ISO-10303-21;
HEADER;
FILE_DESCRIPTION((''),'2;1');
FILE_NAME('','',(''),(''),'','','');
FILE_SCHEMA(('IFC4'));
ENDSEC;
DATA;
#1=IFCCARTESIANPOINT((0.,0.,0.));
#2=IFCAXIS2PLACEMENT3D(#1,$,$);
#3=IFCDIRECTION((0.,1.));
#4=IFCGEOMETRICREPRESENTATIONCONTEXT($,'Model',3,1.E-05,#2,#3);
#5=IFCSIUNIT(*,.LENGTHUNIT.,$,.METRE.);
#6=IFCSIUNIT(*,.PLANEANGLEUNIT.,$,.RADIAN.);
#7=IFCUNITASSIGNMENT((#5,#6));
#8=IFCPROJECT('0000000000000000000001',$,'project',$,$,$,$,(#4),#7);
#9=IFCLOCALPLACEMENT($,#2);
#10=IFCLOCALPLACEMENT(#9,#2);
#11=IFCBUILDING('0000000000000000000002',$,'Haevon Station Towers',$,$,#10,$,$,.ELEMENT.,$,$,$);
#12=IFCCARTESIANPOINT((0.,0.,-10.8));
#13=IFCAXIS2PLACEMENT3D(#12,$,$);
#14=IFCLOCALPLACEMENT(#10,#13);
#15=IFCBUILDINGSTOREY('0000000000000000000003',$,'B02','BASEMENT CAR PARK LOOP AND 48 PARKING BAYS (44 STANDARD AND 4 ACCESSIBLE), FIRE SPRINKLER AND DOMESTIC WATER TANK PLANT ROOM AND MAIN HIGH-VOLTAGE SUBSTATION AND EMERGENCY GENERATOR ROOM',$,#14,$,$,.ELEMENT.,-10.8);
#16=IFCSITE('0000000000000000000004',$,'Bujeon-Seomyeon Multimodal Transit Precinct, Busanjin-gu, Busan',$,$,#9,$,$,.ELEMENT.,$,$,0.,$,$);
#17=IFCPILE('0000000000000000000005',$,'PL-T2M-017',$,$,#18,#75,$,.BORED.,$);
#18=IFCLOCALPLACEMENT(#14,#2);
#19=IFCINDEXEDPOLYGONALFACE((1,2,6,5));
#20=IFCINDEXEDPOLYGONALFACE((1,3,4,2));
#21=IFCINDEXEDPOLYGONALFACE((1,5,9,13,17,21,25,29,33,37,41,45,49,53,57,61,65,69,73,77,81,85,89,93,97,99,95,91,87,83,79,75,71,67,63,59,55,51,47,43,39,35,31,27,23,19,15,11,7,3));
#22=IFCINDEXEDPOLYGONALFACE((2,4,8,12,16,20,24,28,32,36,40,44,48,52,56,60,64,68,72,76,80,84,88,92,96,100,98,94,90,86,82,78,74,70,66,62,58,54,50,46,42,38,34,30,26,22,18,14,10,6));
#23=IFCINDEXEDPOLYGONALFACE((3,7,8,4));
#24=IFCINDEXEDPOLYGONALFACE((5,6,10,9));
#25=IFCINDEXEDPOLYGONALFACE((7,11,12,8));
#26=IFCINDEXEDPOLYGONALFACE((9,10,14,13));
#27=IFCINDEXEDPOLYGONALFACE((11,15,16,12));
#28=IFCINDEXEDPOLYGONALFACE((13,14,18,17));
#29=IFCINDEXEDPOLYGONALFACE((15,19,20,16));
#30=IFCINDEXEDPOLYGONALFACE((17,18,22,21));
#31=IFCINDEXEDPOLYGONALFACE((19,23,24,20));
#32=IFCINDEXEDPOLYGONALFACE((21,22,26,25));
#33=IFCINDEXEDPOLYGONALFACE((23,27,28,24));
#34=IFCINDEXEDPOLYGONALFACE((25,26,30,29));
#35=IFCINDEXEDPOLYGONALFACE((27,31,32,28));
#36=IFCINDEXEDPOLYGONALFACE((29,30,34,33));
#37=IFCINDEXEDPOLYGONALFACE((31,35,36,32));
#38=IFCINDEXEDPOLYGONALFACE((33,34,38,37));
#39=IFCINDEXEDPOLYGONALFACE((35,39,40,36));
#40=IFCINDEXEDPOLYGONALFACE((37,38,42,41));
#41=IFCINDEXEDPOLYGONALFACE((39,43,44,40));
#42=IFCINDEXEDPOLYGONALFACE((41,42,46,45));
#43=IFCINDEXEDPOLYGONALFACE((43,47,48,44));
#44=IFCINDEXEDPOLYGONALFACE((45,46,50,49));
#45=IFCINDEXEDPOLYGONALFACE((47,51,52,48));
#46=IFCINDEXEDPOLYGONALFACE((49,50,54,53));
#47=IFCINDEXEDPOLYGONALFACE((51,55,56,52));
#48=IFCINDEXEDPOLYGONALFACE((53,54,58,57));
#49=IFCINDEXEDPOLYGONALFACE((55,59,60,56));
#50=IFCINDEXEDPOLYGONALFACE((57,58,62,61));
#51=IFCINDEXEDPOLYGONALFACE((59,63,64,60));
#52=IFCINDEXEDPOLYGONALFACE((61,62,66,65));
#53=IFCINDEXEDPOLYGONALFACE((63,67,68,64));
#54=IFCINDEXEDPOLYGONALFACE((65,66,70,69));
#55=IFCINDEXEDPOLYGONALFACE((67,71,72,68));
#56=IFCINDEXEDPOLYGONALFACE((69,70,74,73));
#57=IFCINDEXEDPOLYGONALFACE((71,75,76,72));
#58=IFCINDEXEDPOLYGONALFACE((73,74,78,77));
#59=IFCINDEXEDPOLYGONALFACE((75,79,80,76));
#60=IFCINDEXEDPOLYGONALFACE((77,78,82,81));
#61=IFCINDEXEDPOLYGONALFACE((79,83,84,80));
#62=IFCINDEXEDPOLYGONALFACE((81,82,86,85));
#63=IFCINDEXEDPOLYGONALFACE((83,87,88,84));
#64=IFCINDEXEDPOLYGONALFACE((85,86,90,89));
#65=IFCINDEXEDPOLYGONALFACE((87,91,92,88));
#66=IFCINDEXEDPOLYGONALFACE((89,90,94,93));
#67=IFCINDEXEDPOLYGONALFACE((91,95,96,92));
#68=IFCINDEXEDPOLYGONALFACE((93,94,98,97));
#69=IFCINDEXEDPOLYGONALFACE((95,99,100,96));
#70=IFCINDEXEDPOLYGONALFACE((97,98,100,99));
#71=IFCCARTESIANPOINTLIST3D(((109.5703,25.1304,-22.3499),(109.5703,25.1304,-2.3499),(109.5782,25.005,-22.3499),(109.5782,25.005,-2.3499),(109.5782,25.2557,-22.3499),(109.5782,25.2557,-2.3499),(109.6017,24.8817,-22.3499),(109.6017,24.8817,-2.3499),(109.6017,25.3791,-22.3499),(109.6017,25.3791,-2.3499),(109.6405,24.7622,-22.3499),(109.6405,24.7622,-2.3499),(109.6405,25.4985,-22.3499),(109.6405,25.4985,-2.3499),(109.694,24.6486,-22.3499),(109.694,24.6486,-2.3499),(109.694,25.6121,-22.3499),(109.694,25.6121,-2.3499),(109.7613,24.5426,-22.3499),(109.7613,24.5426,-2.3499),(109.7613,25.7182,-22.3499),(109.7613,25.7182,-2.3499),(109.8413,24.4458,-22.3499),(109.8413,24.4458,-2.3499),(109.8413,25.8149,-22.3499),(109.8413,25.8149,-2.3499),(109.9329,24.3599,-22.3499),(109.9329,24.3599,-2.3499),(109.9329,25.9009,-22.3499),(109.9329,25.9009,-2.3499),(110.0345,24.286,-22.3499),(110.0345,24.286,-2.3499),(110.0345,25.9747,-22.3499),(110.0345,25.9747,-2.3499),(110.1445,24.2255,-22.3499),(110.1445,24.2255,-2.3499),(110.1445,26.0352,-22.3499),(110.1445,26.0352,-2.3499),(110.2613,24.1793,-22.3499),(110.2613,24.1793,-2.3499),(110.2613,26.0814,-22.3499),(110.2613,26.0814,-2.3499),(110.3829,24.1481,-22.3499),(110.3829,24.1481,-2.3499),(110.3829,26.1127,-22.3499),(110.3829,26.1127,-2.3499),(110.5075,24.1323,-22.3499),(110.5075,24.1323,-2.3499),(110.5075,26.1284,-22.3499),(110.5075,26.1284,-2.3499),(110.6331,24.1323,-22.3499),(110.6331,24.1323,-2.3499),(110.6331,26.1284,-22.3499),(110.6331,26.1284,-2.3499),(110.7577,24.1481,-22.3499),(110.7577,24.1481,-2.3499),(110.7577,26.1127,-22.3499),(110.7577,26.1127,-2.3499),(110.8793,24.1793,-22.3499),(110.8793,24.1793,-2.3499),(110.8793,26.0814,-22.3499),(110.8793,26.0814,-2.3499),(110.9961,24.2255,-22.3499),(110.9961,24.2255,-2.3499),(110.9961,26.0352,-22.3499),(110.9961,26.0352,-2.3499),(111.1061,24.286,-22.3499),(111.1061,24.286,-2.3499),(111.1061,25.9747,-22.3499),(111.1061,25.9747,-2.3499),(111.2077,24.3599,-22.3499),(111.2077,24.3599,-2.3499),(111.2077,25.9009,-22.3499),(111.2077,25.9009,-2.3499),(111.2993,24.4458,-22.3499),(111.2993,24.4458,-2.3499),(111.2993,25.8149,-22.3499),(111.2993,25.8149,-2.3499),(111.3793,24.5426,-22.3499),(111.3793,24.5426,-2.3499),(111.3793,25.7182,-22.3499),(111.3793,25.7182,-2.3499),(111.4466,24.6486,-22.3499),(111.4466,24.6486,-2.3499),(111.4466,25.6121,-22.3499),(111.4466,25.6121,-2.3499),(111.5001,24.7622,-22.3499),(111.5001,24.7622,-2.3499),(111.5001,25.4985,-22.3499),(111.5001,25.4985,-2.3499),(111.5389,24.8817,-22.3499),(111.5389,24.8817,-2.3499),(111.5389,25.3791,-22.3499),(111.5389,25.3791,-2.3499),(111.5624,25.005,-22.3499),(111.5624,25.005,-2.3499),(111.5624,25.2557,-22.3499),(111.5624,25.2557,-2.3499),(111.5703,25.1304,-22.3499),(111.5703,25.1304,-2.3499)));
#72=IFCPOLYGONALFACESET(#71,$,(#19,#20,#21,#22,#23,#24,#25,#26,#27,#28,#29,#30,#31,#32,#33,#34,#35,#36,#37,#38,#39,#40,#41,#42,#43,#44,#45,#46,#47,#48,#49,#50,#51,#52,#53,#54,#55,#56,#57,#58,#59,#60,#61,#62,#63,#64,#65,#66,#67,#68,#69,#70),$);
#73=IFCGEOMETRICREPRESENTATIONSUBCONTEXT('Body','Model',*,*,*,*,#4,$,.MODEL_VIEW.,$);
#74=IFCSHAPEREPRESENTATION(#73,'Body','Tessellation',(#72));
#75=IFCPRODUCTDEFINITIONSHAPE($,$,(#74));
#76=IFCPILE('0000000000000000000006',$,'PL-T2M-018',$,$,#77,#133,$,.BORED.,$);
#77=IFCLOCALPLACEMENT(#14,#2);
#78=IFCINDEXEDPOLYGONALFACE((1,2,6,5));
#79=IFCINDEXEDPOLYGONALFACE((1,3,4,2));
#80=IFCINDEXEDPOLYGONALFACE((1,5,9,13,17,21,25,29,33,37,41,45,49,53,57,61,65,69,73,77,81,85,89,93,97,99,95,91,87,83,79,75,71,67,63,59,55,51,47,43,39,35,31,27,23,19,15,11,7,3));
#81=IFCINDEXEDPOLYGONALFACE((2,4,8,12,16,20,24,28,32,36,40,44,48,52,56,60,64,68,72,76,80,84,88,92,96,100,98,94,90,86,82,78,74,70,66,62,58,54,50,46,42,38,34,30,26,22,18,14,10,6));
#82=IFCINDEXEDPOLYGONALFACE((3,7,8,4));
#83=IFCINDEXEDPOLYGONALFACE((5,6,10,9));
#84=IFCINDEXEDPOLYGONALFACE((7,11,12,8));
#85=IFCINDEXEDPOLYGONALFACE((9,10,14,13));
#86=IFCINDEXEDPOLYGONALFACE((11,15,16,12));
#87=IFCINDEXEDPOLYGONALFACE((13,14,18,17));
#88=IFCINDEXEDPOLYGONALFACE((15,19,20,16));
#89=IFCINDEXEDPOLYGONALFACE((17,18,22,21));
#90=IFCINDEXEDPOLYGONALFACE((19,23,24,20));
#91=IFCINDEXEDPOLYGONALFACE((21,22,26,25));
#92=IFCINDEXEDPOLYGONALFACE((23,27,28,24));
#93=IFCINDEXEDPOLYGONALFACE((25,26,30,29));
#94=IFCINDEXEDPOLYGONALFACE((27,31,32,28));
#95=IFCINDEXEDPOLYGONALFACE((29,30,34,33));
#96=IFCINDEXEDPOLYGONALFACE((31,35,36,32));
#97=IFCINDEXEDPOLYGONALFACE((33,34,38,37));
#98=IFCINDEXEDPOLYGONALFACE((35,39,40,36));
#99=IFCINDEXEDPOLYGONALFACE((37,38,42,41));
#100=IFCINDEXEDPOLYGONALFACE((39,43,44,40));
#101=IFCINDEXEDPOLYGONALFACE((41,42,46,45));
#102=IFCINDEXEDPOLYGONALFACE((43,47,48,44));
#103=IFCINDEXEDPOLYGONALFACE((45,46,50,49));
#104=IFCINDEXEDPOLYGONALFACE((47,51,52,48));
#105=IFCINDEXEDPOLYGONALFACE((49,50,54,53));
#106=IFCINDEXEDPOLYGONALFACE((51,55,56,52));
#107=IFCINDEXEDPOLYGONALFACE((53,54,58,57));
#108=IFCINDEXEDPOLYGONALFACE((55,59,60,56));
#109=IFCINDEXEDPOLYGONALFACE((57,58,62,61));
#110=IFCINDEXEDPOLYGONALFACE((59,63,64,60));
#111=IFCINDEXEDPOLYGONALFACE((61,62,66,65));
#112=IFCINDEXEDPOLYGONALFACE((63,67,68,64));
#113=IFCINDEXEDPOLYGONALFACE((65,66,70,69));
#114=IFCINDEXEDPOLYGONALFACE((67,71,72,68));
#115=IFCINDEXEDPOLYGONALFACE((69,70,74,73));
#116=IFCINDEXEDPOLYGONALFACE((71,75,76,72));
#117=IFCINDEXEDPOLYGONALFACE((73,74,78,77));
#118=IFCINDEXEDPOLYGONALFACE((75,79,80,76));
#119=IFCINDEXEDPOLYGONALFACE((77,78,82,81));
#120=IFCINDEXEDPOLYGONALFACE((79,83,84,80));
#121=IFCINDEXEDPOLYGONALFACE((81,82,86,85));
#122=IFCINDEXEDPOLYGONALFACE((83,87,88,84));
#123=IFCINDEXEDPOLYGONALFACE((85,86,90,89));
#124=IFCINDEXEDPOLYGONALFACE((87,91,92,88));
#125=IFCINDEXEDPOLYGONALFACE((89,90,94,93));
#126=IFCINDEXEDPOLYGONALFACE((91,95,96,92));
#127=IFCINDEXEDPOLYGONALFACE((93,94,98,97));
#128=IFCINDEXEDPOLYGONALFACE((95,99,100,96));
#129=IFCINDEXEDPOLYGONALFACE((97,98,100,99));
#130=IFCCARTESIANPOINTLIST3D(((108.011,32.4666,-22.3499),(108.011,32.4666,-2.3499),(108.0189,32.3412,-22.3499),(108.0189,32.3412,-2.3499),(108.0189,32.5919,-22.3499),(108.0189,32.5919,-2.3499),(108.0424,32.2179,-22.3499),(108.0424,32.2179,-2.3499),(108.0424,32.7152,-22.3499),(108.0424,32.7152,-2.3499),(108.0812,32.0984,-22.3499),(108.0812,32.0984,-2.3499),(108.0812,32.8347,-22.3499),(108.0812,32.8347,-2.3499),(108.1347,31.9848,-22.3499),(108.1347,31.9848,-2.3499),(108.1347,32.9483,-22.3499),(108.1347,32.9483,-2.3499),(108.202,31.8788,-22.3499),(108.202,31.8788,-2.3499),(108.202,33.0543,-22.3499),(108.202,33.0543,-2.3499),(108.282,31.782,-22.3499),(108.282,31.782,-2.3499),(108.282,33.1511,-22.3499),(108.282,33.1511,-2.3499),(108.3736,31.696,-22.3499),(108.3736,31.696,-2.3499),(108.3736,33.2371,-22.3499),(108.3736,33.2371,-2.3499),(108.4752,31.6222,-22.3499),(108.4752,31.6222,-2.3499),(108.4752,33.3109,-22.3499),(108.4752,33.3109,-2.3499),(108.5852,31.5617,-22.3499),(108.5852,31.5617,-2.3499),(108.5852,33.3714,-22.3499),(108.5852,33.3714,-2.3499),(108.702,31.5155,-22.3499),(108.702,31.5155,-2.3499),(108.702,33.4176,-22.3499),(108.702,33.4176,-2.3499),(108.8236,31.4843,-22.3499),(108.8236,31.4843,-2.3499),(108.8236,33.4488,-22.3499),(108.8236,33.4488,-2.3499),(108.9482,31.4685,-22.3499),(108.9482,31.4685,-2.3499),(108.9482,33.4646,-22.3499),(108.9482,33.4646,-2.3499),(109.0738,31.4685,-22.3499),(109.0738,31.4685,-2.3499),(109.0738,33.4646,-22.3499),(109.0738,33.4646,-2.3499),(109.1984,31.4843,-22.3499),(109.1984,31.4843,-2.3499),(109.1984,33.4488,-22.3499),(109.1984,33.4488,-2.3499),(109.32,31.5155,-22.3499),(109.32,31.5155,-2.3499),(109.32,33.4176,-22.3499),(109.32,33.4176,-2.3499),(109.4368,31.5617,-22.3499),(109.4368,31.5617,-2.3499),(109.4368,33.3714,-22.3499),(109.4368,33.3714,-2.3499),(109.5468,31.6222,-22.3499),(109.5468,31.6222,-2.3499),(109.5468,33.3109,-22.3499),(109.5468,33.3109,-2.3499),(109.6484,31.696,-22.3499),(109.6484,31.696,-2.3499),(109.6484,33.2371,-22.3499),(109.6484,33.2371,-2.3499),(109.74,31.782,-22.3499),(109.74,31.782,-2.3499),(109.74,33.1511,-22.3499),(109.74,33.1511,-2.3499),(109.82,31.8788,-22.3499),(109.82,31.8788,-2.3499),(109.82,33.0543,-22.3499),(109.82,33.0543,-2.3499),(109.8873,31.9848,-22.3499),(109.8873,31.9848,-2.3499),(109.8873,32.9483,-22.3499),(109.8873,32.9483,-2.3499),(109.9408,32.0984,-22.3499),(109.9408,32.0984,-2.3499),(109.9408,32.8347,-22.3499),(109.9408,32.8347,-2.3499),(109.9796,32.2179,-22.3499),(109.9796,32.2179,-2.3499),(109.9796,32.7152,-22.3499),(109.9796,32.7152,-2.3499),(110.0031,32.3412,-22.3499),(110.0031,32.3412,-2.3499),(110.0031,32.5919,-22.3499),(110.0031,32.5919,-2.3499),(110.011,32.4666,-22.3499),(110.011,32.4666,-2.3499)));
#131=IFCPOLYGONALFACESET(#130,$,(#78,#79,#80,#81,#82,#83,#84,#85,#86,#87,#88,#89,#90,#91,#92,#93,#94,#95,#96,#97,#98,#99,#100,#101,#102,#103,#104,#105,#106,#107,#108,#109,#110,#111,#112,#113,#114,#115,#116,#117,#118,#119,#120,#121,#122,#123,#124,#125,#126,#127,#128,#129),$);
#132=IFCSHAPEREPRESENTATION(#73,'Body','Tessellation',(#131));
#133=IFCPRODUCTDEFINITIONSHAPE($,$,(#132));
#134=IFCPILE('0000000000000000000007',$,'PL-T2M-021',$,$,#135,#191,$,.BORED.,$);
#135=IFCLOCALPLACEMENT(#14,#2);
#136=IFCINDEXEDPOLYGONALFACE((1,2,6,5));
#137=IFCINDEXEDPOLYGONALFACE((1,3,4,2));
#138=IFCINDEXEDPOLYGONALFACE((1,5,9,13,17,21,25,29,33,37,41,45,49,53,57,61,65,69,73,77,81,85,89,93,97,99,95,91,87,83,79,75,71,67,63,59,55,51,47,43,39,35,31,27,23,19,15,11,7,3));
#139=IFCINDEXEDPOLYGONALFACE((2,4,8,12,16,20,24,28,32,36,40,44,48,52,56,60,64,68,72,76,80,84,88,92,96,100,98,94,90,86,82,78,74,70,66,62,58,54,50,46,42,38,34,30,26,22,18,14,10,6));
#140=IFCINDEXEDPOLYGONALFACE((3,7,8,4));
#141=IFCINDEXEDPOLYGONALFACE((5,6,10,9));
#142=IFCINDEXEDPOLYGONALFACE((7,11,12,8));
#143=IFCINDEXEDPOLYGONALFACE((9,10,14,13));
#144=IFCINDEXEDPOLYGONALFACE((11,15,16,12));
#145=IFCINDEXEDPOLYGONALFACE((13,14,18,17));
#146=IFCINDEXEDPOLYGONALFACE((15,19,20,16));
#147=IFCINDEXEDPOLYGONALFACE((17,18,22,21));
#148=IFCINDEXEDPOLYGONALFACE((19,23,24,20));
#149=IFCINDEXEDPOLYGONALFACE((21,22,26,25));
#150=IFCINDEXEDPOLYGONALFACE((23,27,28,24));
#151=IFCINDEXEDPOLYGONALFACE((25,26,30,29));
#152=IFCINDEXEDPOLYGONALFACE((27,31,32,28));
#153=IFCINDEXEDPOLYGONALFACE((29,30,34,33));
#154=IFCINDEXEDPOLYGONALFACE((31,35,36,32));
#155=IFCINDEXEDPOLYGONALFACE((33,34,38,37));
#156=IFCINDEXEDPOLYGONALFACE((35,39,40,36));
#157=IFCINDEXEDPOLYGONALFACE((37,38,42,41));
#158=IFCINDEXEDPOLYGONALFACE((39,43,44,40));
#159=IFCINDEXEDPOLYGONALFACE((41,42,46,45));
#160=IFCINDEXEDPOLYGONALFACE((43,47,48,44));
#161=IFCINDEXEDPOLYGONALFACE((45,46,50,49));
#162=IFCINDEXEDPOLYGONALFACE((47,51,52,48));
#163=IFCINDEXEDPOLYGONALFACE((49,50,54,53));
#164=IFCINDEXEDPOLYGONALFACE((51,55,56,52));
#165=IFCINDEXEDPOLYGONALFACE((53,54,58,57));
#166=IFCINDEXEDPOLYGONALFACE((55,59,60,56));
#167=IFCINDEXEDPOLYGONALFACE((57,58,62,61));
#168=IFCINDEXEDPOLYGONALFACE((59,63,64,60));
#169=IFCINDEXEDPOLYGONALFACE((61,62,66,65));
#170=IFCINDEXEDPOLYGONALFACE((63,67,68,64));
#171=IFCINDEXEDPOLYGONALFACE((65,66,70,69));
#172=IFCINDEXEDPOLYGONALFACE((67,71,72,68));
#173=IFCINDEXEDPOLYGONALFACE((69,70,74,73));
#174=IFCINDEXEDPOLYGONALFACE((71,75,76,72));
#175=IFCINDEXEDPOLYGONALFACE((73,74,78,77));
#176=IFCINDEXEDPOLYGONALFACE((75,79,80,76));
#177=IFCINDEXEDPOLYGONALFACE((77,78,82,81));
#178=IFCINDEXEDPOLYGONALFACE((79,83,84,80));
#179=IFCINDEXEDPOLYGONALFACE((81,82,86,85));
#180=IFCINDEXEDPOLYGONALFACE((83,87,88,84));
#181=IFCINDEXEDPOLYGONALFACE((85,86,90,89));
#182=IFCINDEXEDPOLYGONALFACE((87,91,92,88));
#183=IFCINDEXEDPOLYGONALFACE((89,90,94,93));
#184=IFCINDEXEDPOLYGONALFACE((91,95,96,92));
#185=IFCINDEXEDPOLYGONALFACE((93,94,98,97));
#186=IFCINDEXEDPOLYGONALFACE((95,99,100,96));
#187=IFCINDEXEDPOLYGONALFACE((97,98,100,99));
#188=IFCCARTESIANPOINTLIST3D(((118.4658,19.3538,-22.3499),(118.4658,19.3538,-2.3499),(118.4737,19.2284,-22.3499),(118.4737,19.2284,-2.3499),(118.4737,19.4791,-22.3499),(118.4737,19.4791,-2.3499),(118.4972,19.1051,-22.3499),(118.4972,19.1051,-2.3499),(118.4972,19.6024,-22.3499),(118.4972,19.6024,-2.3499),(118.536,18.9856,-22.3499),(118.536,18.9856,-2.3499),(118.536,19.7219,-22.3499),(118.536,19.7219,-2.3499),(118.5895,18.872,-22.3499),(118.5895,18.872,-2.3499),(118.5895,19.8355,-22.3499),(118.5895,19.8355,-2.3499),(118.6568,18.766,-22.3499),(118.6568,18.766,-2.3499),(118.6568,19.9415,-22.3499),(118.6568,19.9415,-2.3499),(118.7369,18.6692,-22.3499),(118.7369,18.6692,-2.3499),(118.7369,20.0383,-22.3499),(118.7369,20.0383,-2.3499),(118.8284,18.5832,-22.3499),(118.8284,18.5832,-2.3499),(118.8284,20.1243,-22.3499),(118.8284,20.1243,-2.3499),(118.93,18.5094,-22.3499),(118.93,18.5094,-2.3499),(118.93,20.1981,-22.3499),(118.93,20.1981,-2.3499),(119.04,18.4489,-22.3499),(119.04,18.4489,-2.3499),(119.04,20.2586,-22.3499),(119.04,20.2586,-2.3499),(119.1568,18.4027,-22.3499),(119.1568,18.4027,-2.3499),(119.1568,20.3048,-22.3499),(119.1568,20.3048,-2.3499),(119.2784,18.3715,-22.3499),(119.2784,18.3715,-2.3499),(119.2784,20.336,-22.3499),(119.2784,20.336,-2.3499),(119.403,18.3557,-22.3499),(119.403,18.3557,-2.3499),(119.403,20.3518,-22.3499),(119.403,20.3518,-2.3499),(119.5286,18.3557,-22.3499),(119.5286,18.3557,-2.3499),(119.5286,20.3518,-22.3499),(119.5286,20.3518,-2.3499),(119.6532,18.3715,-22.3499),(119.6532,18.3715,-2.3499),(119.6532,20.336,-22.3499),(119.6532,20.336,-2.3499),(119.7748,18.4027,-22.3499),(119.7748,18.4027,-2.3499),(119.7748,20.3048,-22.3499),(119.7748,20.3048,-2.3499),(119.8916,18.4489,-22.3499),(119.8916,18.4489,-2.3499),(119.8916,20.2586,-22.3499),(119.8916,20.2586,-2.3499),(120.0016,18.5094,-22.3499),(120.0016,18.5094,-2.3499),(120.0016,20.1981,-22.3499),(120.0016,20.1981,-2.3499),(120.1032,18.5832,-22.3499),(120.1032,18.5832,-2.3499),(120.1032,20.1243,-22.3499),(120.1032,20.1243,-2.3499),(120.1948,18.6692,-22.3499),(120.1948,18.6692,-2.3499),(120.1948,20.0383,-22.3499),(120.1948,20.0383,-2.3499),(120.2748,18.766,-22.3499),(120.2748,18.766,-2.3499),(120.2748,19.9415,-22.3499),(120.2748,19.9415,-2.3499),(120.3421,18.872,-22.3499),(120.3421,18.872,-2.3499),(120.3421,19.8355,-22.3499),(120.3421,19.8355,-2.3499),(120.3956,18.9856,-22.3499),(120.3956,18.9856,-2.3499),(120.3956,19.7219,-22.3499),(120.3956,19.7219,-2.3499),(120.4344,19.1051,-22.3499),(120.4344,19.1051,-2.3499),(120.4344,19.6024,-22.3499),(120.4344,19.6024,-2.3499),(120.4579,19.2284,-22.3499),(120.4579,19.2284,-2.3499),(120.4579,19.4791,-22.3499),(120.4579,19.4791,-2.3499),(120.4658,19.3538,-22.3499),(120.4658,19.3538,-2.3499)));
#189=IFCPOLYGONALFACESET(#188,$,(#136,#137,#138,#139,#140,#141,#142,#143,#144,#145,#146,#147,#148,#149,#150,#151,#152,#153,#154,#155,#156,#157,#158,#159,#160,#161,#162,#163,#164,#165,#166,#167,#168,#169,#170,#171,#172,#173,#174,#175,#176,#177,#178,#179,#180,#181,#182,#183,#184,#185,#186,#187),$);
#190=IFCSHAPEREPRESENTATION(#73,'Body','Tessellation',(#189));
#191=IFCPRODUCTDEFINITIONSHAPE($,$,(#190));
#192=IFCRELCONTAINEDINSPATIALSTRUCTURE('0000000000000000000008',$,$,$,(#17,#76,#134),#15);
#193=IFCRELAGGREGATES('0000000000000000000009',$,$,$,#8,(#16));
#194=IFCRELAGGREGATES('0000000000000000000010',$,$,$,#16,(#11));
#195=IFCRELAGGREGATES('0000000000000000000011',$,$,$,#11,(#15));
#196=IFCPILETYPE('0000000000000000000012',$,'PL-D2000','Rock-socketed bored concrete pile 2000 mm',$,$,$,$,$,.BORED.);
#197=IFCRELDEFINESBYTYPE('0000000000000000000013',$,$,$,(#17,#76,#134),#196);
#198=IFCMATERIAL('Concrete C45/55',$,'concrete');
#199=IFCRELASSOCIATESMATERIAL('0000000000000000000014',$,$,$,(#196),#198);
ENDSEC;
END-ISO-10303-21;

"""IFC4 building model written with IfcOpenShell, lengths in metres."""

from ifc_helpers import new_model, si_unit, direction, frame, origin, origin_2d, place, context, subcontext, project, spatial, circle, extrude, material, material_profile, profile_set, type_object, element, save


model = new_model("IFC4")

# Units and contexts
model_context = context("Model", 3, precision=1e-05, world=origin(), true_north=direction((0.0, 1.0)))
body_context = subcontext(model_context, "Body", "Model", "MODEL_VIEW")
ifc_project = project(units=[si_unit("LENGTHUNIT", "METRE"), si_unit("PLANEANGLEUNIT", "RADIAN")], contexts=[model_context])

# Site, building, storey
site_placement = place(None, origin())
site = spatial("IfcSite", under=ifc_project, at=site_placement, Name="Bujeon-Seomyeon Multimodal Transit Precinct, Busanjin-gu, Busan", CompositionType="ELEMENT", RefElevation=0.0)
building_placement = place(site_placement, origin())
building = spatial("IfcBuilding", under=site, at=building_placement, Name="Haevon Station Towers", CompositionType="ELEMENT")
storey_placement = place(building_placement, frame((0.0, 0.0, -10.8)))
storey = spatial("IfcBuildingStorey", under=building, at=storey_placement, Name="B02", Description="BASEMENT CAR PARK LOOP AND 48 PARKING BAYS (44 STANDARD AND 4 ACCESSIBLE), FIRE SPRINKLER AND DOMESTIC WATER TANK PLANT ROOM AND MAIN HIGH-VOLTAGE SUBSTATION AND EMERGENCY GENERATOR ROOM", CompositionType="ELEMENT", Elevation=-10.8)

# Piles
ifc_material_1 = material(Name="Concrete C45/55", Category="concrete")
ifc_material_profile_1 = material_profile(ifc_material_1, circle(Radius=1.0, at=origin_2d()), Name="PILE-D2000")
ifc_profile_set_1 = profile_set([ifc_material_profile_1], Name="Concrete C45/55")
pile_type_1 = type_object("IfcPileType", Name="PL-D2000", Description="Rock-socketed bored concrete pile 2000 mm", PredefinedType="BORED", material=ifc_profile_set_1)
for number, where, z_axis, x_axis, name in (
    (1, (110.5703, 25.1304, -2.3499), (0.0, 0.0, -1.0), (1.0, 0.0, 0.0), "PL-T2M-017"),
    (2, (109.011, 32.4666, -2.3499), (0.0, 0.0, -1.0), (1.0, 0.0, 0.0), "PL-T2M-018"),
    (3, (119.4658, 19.3538, -2.3499), (0.0, 0.0, -1.0), (1.0, 0.0, 0.0), "PL-T2M-021"),
):
    element("IfcPile", number, at=place(storey_placement, frame(where, z_axis=z_axis, x_axis=x_axis)), inside=storey, type_object=pile_type_1, Name=name, PredefinedType="BORED", context=body_context, shape_type="SweptSolid", body=[
        extrude(circle(Radius=1.0, at=origin_2d()), origin(), (0.0, 0.0, 1.0), 20.0),
    ])

save(model, "model.ifc")
